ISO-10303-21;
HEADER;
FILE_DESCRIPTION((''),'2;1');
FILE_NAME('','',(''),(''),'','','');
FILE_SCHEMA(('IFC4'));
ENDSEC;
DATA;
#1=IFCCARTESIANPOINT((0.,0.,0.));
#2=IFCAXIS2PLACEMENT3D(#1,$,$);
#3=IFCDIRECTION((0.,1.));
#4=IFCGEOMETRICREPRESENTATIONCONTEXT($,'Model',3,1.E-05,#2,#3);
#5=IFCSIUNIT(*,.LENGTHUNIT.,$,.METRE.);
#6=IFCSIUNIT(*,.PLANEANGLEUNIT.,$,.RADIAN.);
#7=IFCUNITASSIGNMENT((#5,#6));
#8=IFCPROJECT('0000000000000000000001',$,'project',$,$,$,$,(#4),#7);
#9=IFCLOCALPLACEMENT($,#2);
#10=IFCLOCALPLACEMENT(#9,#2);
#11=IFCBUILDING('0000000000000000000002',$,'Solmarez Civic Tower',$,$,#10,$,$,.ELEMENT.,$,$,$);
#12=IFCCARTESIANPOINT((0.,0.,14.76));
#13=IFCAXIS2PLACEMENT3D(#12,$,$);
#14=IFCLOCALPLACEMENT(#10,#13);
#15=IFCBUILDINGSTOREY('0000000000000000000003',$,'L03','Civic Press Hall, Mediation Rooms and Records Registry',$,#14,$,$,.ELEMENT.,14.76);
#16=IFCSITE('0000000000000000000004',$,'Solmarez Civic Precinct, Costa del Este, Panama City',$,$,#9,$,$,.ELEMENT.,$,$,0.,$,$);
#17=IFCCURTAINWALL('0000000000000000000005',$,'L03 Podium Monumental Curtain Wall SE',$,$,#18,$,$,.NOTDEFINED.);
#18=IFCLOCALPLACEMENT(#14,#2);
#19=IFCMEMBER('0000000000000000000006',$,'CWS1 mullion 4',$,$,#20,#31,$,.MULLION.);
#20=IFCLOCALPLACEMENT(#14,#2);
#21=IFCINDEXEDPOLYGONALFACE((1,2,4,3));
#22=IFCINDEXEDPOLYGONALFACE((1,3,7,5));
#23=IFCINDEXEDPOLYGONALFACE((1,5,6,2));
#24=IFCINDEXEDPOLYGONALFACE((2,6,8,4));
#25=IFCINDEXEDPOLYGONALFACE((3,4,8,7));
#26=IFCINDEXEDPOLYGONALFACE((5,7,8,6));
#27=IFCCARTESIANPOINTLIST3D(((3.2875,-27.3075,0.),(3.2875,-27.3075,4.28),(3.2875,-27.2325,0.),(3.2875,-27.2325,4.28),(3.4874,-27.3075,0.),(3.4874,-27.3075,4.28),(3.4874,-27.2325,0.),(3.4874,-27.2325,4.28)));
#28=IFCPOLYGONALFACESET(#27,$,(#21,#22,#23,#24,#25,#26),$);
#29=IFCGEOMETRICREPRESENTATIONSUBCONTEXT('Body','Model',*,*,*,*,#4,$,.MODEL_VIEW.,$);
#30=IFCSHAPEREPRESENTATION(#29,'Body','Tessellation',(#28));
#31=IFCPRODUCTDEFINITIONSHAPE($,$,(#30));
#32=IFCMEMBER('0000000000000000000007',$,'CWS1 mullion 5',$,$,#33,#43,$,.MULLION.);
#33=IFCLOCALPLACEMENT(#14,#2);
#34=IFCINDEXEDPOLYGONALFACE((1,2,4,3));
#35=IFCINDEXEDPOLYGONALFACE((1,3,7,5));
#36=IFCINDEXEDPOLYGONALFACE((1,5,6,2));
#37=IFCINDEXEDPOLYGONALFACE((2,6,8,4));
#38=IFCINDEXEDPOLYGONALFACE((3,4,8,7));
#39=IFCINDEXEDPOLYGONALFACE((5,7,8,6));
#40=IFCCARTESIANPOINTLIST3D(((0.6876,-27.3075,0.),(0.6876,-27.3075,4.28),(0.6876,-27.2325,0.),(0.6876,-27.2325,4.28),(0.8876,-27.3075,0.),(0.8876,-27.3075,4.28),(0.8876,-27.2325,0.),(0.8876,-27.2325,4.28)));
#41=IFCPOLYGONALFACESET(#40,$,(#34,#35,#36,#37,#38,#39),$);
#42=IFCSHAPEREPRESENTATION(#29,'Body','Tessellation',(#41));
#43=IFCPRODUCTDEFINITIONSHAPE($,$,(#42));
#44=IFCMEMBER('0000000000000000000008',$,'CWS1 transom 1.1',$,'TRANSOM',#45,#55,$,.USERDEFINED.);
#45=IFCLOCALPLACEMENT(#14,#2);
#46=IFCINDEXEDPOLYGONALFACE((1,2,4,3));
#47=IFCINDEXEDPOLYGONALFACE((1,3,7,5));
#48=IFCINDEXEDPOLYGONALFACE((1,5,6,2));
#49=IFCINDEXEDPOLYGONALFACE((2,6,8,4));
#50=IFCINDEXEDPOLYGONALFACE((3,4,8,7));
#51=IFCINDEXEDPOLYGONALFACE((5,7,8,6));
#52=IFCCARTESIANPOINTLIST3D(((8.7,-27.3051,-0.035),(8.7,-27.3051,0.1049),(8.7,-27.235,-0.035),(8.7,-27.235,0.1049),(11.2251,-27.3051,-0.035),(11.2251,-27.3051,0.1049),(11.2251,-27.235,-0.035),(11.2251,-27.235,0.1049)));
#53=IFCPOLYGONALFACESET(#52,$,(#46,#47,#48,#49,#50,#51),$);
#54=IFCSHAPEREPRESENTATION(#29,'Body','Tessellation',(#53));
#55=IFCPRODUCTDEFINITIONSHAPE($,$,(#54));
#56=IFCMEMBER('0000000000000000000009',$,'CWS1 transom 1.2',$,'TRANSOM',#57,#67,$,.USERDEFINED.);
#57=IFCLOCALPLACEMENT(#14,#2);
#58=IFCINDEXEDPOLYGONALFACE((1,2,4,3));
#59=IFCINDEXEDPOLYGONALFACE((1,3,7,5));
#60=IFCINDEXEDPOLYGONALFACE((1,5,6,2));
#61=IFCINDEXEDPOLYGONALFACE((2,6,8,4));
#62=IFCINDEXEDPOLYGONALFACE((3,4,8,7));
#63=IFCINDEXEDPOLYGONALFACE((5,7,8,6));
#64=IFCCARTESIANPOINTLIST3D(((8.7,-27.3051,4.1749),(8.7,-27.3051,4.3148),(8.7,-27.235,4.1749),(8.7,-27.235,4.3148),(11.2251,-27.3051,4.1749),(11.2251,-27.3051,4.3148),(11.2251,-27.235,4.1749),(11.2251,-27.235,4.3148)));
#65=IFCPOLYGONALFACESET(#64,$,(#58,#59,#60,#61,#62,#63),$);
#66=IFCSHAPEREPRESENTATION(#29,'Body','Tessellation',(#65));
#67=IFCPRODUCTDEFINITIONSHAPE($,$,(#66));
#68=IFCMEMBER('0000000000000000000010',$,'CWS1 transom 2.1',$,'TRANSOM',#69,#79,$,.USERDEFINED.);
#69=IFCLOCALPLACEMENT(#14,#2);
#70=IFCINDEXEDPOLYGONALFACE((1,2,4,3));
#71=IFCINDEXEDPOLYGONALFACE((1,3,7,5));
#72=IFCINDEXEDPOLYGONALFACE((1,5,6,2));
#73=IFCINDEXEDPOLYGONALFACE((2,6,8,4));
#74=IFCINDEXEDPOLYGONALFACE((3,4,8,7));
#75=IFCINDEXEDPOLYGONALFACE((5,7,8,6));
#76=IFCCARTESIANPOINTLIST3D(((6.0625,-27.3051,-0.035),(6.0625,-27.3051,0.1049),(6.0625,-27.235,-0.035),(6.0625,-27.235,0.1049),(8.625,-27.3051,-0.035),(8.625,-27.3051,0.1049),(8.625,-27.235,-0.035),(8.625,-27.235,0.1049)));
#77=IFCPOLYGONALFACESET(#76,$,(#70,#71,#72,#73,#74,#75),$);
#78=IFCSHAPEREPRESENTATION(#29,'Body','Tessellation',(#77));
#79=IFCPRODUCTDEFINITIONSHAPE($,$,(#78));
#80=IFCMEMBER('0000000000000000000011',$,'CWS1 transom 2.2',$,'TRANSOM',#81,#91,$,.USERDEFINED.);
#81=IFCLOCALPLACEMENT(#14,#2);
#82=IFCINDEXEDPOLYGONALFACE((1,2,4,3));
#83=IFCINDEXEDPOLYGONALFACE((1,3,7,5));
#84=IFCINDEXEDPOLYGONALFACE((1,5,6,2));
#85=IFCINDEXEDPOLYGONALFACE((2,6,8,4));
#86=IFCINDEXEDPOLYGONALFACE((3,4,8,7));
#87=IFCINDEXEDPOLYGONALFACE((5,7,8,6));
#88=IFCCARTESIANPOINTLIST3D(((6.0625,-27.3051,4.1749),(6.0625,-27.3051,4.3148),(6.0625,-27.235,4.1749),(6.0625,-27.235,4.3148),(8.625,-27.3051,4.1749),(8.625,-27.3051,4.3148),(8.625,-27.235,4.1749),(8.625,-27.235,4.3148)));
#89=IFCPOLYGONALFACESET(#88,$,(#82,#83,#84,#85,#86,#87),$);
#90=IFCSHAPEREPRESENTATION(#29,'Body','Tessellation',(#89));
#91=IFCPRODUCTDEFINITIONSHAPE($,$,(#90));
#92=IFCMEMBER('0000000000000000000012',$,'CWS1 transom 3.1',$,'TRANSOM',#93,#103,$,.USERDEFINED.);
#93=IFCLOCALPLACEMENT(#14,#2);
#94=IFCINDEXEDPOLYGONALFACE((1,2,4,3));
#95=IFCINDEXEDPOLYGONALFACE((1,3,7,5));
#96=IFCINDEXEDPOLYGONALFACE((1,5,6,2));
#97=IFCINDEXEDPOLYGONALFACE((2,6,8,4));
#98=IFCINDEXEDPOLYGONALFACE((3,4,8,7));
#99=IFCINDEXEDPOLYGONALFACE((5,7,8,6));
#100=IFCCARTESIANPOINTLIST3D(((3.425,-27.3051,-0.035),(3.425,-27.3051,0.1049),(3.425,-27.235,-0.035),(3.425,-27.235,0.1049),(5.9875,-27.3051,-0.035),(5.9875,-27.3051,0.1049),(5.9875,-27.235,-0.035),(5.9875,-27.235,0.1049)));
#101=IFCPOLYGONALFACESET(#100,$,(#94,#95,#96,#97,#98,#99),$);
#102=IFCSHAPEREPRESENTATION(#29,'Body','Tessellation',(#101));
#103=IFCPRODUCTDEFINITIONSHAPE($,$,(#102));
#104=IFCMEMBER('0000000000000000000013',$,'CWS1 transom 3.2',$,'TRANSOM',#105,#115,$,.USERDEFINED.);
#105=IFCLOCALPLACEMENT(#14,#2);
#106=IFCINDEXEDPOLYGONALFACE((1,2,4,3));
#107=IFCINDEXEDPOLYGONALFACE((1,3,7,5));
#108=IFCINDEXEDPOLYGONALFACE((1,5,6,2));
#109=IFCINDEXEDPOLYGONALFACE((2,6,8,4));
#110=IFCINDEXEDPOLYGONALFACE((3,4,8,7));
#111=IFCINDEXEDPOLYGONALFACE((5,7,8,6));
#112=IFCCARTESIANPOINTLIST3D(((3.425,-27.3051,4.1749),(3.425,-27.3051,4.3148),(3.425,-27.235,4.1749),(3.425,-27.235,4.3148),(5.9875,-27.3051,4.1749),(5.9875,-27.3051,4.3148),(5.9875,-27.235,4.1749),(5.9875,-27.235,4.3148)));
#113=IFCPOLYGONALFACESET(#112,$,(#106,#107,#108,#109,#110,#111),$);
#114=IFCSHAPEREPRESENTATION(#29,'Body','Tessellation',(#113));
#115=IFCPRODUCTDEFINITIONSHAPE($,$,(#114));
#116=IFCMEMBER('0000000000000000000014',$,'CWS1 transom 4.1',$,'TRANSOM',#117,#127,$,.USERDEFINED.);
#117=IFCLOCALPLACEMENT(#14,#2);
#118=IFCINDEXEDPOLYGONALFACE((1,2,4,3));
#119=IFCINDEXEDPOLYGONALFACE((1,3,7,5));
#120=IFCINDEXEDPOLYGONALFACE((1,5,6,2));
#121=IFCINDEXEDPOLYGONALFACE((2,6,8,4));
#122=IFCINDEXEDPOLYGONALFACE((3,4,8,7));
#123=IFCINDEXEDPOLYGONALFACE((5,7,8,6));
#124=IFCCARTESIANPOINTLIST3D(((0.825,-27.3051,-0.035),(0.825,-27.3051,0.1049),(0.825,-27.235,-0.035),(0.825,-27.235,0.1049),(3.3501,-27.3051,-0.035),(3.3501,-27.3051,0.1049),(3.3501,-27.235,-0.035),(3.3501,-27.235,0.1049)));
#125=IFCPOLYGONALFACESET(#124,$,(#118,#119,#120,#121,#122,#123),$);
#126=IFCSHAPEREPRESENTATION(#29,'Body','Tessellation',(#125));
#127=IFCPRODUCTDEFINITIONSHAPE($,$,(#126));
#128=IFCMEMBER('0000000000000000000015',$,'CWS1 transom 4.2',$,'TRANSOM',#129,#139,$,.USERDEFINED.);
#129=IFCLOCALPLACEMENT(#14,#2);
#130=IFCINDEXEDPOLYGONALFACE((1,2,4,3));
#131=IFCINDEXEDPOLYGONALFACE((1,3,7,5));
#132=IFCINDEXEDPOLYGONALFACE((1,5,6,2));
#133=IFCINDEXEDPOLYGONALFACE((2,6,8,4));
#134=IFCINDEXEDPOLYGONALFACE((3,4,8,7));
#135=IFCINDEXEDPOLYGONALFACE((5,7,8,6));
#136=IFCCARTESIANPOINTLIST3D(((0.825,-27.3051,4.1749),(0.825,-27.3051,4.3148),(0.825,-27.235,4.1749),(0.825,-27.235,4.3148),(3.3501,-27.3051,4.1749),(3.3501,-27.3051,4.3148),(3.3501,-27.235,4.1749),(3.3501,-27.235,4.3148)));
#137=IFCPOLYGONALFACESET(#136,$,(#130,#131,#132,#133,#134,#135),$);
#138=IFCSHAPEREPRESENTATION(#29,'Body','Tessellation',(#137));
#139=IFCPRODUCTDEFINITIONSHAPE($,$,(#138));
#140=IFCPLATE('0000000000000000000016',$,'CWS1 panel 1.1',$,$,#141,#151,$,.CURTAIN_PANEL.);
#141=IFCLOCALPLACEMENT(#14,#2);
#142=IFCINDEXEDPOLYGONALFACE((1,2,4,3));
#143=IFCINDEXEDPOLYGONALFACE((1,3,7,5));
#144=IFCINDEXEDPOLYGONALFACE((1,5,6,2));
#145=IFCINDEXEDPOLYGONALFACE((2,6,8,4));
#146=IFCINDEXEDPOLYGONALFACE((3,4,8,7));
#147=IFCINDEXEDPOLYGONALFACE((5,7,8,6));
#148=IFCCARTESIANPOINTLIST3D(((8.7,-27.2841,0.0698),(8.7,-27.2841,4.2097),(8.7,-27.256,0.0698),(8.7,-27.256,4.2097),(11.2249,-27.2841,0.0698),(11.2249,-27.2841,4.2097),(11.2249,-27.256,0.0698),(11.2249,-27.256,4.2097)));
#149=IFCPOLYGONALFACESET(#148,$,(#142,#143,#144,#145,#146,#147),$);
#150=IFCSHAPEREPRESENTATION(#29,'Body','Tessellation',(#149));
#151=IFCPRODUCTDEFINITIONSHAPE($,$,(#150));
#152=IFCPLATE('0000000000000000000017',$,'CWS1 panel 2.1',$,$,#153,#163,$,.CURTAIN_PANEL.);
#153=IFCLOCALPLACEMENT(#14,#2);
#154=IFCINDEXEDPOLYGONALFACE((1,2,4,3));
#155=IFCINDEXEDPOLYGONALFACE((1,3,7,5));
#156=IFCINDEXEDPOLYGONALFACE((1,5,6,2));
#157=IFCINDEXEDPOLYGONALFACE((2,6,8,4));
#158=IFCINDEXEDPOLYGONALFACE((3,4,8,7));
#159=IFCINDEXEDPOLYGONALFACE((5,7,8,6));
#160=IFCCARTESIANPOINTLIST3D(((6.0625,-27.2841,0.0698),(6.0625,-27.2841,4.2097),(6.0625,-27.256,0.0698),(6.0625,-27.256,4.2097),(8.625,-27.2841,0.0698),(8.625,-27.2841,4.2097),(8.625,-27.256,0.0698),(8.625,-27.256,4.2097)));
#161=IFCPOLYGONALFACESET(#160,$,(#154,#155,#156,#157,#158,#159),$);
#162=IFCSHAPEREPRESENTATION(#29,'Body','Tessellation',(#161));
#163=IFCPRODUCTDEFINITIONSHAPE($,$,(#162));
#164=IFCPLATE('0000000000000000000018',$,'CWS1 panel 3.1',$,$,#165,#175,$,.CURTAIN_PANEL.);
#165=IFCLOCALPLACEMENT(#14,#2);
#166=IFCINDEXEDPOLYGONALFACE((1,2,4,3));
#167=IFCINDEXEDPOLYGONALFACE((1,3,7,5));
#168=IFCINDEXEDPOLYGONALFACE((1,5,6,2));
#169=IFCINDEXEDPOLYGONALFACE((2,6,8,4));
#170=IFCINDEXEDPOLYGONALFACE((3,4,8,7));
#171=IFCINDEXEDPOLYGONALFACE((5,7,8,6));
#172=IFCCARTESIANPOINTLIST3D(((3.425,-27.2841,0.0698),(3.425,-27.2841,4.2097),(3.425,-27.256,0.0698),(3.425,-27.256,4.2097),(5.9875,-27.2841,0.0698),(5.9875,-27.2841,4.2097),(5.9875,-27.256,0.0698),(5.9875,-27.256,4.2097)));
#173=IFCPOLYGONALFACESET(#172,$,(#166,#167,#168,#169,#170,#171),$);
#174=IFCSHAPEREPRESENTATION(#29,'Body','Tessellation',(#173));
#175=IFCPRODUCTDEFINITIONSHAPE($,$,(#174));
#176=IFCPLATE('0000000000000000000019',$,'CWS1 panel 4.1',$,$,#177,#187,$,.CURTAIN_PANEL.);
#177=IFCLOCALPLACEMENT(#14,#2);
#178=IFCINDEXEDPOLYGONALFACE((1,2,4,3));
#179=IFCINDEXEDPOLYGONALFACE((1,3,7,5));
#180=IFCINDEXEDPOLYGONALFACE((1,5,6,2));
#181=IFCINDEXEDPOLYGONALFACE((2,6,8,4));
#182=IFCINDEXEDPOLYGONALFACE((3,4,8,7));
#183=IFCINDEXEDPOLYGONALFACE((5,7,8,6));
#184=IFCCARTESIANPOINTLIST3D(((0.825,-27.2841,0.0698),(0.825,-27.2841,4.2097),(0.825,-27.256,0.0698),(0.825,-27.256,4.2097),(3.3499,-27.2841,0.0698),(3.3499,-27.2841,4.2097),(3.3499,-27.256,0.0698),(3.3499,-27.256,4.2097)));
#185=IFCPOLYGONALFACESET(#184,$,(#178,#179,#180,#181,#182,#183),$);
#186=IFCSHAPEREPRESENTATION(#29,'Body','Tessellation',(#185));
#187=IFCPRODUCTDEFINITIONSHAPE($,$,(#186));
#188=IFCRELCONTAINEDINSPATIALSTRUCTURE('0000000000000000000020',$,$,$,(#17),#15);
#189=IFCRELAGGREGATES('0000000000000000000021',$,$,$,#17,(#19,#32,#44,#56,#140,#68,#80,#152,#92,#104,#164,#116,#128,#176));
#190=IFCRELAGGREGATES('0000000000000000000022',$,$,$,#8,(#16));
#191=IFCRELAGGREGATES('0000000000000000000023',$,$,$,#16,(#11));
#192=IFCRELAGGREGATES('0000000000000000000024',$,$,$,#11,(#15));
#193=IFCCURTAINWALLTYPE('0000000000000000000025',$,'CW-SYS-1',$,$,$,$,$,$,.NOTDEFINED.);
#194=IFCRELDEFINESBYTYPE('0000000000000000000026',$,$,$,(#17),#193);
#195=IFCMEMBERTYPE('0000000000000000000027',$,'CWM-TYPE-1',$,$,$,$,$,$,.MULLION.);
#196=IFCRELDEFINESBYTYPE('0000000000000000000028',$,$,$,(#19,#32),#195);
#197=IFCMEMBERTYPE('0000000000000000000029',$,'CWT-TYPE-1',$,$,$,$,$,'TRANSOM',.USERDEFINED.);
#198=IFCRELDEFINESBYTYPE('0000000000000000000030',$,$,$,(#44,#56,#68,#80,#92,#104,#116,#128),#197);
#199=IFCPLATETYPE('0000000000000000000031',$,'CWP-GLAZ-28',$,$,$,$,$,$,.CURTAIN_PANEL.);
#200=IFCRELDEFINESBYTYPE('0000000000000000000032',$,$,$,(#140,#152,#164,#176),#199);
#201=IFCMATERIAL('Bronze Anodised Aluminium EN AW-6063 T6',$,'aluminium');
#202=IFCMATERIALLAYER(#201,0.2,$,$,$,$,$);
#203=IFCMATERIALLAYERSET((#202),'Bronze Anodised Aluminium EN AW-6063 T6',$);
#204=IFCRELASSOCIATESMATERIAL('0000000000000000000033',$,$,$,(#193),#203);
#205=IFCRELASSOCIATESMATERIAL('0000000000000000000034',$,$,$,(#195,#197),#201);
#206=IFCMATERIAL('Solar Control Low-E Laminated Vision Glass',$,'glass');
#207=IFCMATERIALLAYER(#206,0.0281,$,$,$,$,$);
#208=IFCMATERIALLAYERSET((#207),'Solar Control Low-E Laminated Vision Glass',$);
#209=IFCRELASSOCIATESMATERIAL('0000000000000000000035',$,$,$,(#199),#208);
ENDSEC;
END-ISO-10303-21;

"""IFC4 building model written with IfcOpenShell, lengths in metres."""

from ifc_helpers import new_model, si_unit, direction, frame, origin, origin_2d, place, context, subcontext, project, spatial, rectangle, extrude, material, layer, layer_set, material_profile, profile_set, type_object, element, aggregate, save


model = new_model("IFC4")

# Units and contexts
model_context = context("Model", 3, precision=1e-05, world=origin(), true_north=direction((0.0, 1.0)))
body_context = subcontext(model_context, "Body", "Model", "MODEL_VIEW")
ifc_project = project(units=[si_unit("LENGTHUNIT", "METRE"), si_unit("PLANEANGLEUNIT", "RADIAN")], contexts=[model_context])

# Site, building, storey
site_placement = place(None, origin())
site = spatial("IfcSite", under=ifc_project, at=site_placement, Name="Solmarez Civic Precinct, Costa del Este, Panama City", CompositionType="ELEMENT", RefElevation=0.0)
building_placement = place(site_placement, origin())
building = spatial("IfcBuilding", under=site, at=building_placement, Name="Solmarez Civic Tower", CompositionType="ELEMENT")
storey_placement = place(building_placement, frame((0.0, 0.0, 14.76)))
storey = spatial("IfcBuildingStorey", under=building, at=storey_placement, Name="L03", Description="Civic Press Hall, Mediation Rooms and Records Registry", CompositionType="ELEMENT", Elevation=14.76)

# Curtain wall, members, plates
ifc_material_1 = material(Name="Bronze Anodised Aluminium EN AW-6063 T6", Category="aluminium")
ifc_layer_1 = layer(ifc_material_1, 0.2)
ifc_layer_set_1 = layer_set([ifc_layer_1], Name="Bronze Anodised Aluminium EN AW-6063 T6")
curtain_wall_type = type_object("IfcCurtainWallType", Name="CW-SYS-1", PredefinedType="NOTDEFINED", material=ifc_layer_set_1)
curtain_wall_placement = place(storey_placement, origin())
curtain_wall = element("IfcCurtainWall", 1, at=curtain_wall_placement, inside=storey, type_object=curtain_wall_type, Name="L03 Podium Monumental Curtain Wall SE", PredefinedType="NOTDEFINED")
ifc_material_profile_1 = material_profile(ifc_material_1, rectangle(XDim=0.075, YDim=0.2, at=origin_2d()), Name="CWM-75X200")
ifc_profile_set_1 = profile_set([ifc_material_profile_1], Name="Bronze Anodised Aluminium EN AW-6063 T6")
member_type_1 = type_object("IfcMemberType", Name="CWM-TYPE-1", PredefinedType="MULLION", material=ifc_profile_set_1)
member_1_placement = place(storey_placement, frame((3.3875, -27.27, 0.0), z_axis=(0.0, 0.0, 1.0), x_axis=(0.0, -1.0, 0.0)))
member_1 = element("IfcMember", 2, at=member_1_placement, type_object=member_type_1, Name="CWS1 mullion 4", PredefinedType="MULLION", context=body_context, shape_type="SweptSolid", body=[
    extrude(rectangle(XDim=0.075, YDim=0.2, at=origin_2d()), origin(), (0.0, 0.0, 1.0), 4.28),
])
member_2_placement = place(storey_placement, frame((0.7876, -27.27, 0.0), z_axis=(0.0, 0.0, 1.0), x_axis=(0.0, -1.0, 0.0)))
member_2 = element("IfcMember", 3, at=member_2_placement, type_object=member_type_1, Name="CWS1 mullion 5", PredefinedType="MULLION", context=body_context, shape_type="SweptSolid", body=[
    extrude(rectangle(XDim=0.075, YDim=0.2, at=origin_2d()), origin(), (0.0, 0.0, 1.0), 4.28),
])
ifc_material_profile_2 = material_profile(ifc_material_1, rectangle(XDim=0.0701, YDim=0.1399, at=origin_2d()), Name="CWT-70X140")
ifc_profile_set_2 = profile_set([ifc_material_profile_2], Name="Bronze Anodised Aluminium EN AW-6063 T6")
member_type_2 = type_object("IfcMemberType", Name="CWT-TYPE-1", ElementType="TRANSOM", PredefinedType="USERDEFINED", material=ifc_profile_set_2)
member_3_placement = place(storey_placement, frame((11.2251, -27.27, 0.0349), z_axis=(-1.0, 0.0, 0.0), x_axis=(0.0, -1.0, 0.0)))
member_3 = element("IfcMember", 4, at=member_3_placement, type_object=member_type_2, Name="CWS1 transom 1.1", ObjectType="TRANSOM", PredefinedType="USERDEFINED", context=body_context, shape_type="SweptSolid", body=[
    extrude(rectangle(XDim=0.0701, YDim=0.1399, at=origin_2d()), origin(), (0.0, 0.0, 1.0), 2.5251),
])
member_4_placement = place(storey_placement, frame((11.2251, -27.27, 4.2449), z_axis=(-1.0, 0.0, 0.0), x_axis=(0.0, -1.0, 0.0)))
member_4 = element("IfcMember", 5, at=member_4_placement, type_object=member_type_2, Name="CWS1 transom 1.2", ObjectType="TRANSOM", PredefinedType="USERDEFINED", context=body_context, shape_type="SweptSolid", body=[
    extrude(rectangle(XDim=0.0701, YDim=0.1399, at=origin_2d()), origin(), (0.0, 0.0, 1.0), 2.5251),
])
member_5_placement = place(storey_placement, frame((8.625, -27.27, 0.0349), z_axis=(-1.0, 0.0, 0.0), x_axis=(0.0, -1.0, 0.0)))
member_5 = element("IfcMember", 6, at=member_5_placement, type_object=member_type_2, Name="CWS1 transom 2.1", ObjectType="TRANSOM", PredefinedType="USERDEFINED", context=body_context, shape_type="SweptSolid", body=[
    extrude(rectangle(XDim=0.0701, YDim=0.1399, at=origin_2d()), origin(), (0.0, 0.0, 1.0), 2.5625),
])
member_6_placement = place(storey_placement, frame((8.625, -27.27, 4.2449), z_axis=(-1.0, 0.0, 0.0), x_axis=(0.0, -1.0, 0.0)))
member_6 = element("IfcMember", 7, at=member_6_placement, type_object=member_type_2, Name="CWS1 transom 2.2", ObjectType="TRANSOM", PredefinedType="USERDEFINED", context=body_context, shape_type="SweptSolid", body=[
    extrude(rectangle(XDim=0.0701, YDim=0.1399, at=origin_2d()), origin(), (0.0, 0.0, 1.0), 2.5625),
])
member_7_placement = place(storey_placement, frame((5.9875, -27.27, 0.0349), z_axis=(-1.0, 0.0, 0.0), x_axis=(0.0, -1.0, 0.0)))
member_7 = element("IfcMember", 8, at=member_7_placement, type_object=member_type_2, Name="CWS1 transom 3.1", ObjectType="TRANSOM", PredefinedType="USERDEFINED", context=body_context, shape_type="SweptSolid", body=[
    extrude(rectangle(XDim=0.0701, YDim=0.1399, at=origin_2d()), origin(), (0.0, 0.0, 1.0), 2.5625),
])
member_8_placement = place(storey_placement, frame((5.9875, -27.27, 4.2449), z_axis=(-1.0, 0.0, 0.0), x_axis=(0.0, -1.0, 0.0)))
member_8 = element("IfcMember", 9, at=member_8_placement, type_object=member_type_2, Name="CWS1 transom 3.2", ObjectType="TRANSOM", PredefinedType="USERDEFINED", context=body_context, shape_type="SweptSolid", body=[
    extrude(rectangle(XDim=0.0701, YDim=0.1399, at=origin_2d()), origin(), (0.0, 0.0, 1.0), 2.5625),
])
member_9_placement = place(storey_placement, frame((3.3501, -27.27, 0.0349), z_axis=(-1.0, 0.0, 0.0), x_axis=(0.0, -1.0, 0.0)))
member_9 = element("IfcMember", 10, at=member_9_placement, type_object=member_type_2, Name="CWS1 transom 4.1", ObjectType="TRANSOM", PredefinedType="USERDEFINED", context=body_context, shape_type="SweptSolid", body=[
    extrude(rectangle(XDim=0.0701, YDim=0.1399, at=origin_2d()), origin(), (0.0, 0.0, 1.0), 2.5251),
])
member_10_placement = place(storey_placement, frame((3.3501, -27.27, 4.2449), z_axis=(-1.0, 0.0, 0.0), x_axis=(0.0, -1.0, 0.0)))
member_10 = element("IfcMember", 11, at=member_10_placement, type_object=member_type_2, Name="CWS1 transom 4.2", ObjectType="TRANSOM", PredefinedType="USERDEFINED", context=body_context, shape_type="SweptSolid", body=[
    extrude(rectangle(XDim=0.0701, YDim=0.1399, at=origin_2d()), origin(), (0.0, 0.0, 1.0), 2.5251),
])
ifc_material_2 = material(Name="Solar Control Low-E Laminated Vision Glass", Category="glass")
ifc_layer_2 = layer(ifc_material_2, 0.0281)
ifc_layer_set_2 = layer_set([ifc_layer_2], Name="Solar Control Low-E Laminated Vision Glass")
plate_type = type_object("IfcPlateType", Name="CWP-GLAZ-28", PredefinedType="CURTAIN_PANEL", material=ifc_layer_set_2)
plate_1_placement = place(storey_placement, frame((9.9624, -27.27, 0.0698), z_axis=(0.0, 0.0, 1.0), x_axis=(-1.0, 0.0, 0.0)))
plate_1 = element("IfcPlate", 12, at=plate_1_placement, type_object=plate_type, Name="CWS1 panel 1.1", PredefinedType="CURTAIN_PANEL", context=body_context, shape_type="SweptSolid", body=[
    extrude(rectangle(XDim=2.5249, YDim=0.0281, at=origin_2d()), origin(), (0.0, 0.0, 1.0), 4.1399),
])
plate_2_placement = place(storey_placement, frame((7.3438, -27.27, 0.0698), z_axis=(0.0, 0.0, 1.0), x_axis=(-1.0, 0.0, 0.0)))
plate_2 = element("IfcPlate", 13, at=plate_2_placement, type_object=plate_type, Name="CWS1 panel 2.1", PredefinedType="CURTAIN_PANEL", context=body_context, shape_type="SweptSolid", body=[
    extrude(rectangle(XDim=2.5625, YDim=0.0281, at=origin_2d()), origin(), (0.0, 0.0, 1.0), 4.1399),
])
plate_3_placement = place(storey_placement, frame((4.7063, -27.27, 0.0698), z_axis=(0.0, 0.0, 1.0), x_axis=(-1.0, 0.0, 0.0)))
plate_3 = element("IfcPlate", 14, at=plate_3_placement, type_object=plate_type, Name="CWS1 panel 3.1", PredefinedType="CURTAIN_PANEL", context=body_context, shape_type="SweptSolid", body=[
    extrude(rectangle(XDim=2.5625, YDim=0.0281, at=origin_2d()), origin(), (0.0, 0.0, 1.0), 4.1399),
])
plate_4_placement = place(storey_placement, frame((2.0874, -27.27, 0.0698), z_axis=(0.0, 0.0, 1.0), x_axis=(-1.0, 0.0, 0.0)))
plate_4 = element("IfcPlate", 15, at=plate_4_placement, type_object=plate_type, Name="CWS1 panel 4.1", PredefinedType="CURTAIN_PANEL", context=body_context, shape_type="SweptSolid", body=[
    extrude(rectangle(XDim=2.5249, YDim=0.0281, at=origin_2d()), origin(), (0.0, 0.0, 1.0), 4.1399),
])
aggregate(curtain_wall, [member_1, member_2, member_3, member_4, plate_1, member_5, member_6, plate_2, member_7, member_8, plate_3, member_9, member_10, plate_4])

save(model, "model.ifc")
